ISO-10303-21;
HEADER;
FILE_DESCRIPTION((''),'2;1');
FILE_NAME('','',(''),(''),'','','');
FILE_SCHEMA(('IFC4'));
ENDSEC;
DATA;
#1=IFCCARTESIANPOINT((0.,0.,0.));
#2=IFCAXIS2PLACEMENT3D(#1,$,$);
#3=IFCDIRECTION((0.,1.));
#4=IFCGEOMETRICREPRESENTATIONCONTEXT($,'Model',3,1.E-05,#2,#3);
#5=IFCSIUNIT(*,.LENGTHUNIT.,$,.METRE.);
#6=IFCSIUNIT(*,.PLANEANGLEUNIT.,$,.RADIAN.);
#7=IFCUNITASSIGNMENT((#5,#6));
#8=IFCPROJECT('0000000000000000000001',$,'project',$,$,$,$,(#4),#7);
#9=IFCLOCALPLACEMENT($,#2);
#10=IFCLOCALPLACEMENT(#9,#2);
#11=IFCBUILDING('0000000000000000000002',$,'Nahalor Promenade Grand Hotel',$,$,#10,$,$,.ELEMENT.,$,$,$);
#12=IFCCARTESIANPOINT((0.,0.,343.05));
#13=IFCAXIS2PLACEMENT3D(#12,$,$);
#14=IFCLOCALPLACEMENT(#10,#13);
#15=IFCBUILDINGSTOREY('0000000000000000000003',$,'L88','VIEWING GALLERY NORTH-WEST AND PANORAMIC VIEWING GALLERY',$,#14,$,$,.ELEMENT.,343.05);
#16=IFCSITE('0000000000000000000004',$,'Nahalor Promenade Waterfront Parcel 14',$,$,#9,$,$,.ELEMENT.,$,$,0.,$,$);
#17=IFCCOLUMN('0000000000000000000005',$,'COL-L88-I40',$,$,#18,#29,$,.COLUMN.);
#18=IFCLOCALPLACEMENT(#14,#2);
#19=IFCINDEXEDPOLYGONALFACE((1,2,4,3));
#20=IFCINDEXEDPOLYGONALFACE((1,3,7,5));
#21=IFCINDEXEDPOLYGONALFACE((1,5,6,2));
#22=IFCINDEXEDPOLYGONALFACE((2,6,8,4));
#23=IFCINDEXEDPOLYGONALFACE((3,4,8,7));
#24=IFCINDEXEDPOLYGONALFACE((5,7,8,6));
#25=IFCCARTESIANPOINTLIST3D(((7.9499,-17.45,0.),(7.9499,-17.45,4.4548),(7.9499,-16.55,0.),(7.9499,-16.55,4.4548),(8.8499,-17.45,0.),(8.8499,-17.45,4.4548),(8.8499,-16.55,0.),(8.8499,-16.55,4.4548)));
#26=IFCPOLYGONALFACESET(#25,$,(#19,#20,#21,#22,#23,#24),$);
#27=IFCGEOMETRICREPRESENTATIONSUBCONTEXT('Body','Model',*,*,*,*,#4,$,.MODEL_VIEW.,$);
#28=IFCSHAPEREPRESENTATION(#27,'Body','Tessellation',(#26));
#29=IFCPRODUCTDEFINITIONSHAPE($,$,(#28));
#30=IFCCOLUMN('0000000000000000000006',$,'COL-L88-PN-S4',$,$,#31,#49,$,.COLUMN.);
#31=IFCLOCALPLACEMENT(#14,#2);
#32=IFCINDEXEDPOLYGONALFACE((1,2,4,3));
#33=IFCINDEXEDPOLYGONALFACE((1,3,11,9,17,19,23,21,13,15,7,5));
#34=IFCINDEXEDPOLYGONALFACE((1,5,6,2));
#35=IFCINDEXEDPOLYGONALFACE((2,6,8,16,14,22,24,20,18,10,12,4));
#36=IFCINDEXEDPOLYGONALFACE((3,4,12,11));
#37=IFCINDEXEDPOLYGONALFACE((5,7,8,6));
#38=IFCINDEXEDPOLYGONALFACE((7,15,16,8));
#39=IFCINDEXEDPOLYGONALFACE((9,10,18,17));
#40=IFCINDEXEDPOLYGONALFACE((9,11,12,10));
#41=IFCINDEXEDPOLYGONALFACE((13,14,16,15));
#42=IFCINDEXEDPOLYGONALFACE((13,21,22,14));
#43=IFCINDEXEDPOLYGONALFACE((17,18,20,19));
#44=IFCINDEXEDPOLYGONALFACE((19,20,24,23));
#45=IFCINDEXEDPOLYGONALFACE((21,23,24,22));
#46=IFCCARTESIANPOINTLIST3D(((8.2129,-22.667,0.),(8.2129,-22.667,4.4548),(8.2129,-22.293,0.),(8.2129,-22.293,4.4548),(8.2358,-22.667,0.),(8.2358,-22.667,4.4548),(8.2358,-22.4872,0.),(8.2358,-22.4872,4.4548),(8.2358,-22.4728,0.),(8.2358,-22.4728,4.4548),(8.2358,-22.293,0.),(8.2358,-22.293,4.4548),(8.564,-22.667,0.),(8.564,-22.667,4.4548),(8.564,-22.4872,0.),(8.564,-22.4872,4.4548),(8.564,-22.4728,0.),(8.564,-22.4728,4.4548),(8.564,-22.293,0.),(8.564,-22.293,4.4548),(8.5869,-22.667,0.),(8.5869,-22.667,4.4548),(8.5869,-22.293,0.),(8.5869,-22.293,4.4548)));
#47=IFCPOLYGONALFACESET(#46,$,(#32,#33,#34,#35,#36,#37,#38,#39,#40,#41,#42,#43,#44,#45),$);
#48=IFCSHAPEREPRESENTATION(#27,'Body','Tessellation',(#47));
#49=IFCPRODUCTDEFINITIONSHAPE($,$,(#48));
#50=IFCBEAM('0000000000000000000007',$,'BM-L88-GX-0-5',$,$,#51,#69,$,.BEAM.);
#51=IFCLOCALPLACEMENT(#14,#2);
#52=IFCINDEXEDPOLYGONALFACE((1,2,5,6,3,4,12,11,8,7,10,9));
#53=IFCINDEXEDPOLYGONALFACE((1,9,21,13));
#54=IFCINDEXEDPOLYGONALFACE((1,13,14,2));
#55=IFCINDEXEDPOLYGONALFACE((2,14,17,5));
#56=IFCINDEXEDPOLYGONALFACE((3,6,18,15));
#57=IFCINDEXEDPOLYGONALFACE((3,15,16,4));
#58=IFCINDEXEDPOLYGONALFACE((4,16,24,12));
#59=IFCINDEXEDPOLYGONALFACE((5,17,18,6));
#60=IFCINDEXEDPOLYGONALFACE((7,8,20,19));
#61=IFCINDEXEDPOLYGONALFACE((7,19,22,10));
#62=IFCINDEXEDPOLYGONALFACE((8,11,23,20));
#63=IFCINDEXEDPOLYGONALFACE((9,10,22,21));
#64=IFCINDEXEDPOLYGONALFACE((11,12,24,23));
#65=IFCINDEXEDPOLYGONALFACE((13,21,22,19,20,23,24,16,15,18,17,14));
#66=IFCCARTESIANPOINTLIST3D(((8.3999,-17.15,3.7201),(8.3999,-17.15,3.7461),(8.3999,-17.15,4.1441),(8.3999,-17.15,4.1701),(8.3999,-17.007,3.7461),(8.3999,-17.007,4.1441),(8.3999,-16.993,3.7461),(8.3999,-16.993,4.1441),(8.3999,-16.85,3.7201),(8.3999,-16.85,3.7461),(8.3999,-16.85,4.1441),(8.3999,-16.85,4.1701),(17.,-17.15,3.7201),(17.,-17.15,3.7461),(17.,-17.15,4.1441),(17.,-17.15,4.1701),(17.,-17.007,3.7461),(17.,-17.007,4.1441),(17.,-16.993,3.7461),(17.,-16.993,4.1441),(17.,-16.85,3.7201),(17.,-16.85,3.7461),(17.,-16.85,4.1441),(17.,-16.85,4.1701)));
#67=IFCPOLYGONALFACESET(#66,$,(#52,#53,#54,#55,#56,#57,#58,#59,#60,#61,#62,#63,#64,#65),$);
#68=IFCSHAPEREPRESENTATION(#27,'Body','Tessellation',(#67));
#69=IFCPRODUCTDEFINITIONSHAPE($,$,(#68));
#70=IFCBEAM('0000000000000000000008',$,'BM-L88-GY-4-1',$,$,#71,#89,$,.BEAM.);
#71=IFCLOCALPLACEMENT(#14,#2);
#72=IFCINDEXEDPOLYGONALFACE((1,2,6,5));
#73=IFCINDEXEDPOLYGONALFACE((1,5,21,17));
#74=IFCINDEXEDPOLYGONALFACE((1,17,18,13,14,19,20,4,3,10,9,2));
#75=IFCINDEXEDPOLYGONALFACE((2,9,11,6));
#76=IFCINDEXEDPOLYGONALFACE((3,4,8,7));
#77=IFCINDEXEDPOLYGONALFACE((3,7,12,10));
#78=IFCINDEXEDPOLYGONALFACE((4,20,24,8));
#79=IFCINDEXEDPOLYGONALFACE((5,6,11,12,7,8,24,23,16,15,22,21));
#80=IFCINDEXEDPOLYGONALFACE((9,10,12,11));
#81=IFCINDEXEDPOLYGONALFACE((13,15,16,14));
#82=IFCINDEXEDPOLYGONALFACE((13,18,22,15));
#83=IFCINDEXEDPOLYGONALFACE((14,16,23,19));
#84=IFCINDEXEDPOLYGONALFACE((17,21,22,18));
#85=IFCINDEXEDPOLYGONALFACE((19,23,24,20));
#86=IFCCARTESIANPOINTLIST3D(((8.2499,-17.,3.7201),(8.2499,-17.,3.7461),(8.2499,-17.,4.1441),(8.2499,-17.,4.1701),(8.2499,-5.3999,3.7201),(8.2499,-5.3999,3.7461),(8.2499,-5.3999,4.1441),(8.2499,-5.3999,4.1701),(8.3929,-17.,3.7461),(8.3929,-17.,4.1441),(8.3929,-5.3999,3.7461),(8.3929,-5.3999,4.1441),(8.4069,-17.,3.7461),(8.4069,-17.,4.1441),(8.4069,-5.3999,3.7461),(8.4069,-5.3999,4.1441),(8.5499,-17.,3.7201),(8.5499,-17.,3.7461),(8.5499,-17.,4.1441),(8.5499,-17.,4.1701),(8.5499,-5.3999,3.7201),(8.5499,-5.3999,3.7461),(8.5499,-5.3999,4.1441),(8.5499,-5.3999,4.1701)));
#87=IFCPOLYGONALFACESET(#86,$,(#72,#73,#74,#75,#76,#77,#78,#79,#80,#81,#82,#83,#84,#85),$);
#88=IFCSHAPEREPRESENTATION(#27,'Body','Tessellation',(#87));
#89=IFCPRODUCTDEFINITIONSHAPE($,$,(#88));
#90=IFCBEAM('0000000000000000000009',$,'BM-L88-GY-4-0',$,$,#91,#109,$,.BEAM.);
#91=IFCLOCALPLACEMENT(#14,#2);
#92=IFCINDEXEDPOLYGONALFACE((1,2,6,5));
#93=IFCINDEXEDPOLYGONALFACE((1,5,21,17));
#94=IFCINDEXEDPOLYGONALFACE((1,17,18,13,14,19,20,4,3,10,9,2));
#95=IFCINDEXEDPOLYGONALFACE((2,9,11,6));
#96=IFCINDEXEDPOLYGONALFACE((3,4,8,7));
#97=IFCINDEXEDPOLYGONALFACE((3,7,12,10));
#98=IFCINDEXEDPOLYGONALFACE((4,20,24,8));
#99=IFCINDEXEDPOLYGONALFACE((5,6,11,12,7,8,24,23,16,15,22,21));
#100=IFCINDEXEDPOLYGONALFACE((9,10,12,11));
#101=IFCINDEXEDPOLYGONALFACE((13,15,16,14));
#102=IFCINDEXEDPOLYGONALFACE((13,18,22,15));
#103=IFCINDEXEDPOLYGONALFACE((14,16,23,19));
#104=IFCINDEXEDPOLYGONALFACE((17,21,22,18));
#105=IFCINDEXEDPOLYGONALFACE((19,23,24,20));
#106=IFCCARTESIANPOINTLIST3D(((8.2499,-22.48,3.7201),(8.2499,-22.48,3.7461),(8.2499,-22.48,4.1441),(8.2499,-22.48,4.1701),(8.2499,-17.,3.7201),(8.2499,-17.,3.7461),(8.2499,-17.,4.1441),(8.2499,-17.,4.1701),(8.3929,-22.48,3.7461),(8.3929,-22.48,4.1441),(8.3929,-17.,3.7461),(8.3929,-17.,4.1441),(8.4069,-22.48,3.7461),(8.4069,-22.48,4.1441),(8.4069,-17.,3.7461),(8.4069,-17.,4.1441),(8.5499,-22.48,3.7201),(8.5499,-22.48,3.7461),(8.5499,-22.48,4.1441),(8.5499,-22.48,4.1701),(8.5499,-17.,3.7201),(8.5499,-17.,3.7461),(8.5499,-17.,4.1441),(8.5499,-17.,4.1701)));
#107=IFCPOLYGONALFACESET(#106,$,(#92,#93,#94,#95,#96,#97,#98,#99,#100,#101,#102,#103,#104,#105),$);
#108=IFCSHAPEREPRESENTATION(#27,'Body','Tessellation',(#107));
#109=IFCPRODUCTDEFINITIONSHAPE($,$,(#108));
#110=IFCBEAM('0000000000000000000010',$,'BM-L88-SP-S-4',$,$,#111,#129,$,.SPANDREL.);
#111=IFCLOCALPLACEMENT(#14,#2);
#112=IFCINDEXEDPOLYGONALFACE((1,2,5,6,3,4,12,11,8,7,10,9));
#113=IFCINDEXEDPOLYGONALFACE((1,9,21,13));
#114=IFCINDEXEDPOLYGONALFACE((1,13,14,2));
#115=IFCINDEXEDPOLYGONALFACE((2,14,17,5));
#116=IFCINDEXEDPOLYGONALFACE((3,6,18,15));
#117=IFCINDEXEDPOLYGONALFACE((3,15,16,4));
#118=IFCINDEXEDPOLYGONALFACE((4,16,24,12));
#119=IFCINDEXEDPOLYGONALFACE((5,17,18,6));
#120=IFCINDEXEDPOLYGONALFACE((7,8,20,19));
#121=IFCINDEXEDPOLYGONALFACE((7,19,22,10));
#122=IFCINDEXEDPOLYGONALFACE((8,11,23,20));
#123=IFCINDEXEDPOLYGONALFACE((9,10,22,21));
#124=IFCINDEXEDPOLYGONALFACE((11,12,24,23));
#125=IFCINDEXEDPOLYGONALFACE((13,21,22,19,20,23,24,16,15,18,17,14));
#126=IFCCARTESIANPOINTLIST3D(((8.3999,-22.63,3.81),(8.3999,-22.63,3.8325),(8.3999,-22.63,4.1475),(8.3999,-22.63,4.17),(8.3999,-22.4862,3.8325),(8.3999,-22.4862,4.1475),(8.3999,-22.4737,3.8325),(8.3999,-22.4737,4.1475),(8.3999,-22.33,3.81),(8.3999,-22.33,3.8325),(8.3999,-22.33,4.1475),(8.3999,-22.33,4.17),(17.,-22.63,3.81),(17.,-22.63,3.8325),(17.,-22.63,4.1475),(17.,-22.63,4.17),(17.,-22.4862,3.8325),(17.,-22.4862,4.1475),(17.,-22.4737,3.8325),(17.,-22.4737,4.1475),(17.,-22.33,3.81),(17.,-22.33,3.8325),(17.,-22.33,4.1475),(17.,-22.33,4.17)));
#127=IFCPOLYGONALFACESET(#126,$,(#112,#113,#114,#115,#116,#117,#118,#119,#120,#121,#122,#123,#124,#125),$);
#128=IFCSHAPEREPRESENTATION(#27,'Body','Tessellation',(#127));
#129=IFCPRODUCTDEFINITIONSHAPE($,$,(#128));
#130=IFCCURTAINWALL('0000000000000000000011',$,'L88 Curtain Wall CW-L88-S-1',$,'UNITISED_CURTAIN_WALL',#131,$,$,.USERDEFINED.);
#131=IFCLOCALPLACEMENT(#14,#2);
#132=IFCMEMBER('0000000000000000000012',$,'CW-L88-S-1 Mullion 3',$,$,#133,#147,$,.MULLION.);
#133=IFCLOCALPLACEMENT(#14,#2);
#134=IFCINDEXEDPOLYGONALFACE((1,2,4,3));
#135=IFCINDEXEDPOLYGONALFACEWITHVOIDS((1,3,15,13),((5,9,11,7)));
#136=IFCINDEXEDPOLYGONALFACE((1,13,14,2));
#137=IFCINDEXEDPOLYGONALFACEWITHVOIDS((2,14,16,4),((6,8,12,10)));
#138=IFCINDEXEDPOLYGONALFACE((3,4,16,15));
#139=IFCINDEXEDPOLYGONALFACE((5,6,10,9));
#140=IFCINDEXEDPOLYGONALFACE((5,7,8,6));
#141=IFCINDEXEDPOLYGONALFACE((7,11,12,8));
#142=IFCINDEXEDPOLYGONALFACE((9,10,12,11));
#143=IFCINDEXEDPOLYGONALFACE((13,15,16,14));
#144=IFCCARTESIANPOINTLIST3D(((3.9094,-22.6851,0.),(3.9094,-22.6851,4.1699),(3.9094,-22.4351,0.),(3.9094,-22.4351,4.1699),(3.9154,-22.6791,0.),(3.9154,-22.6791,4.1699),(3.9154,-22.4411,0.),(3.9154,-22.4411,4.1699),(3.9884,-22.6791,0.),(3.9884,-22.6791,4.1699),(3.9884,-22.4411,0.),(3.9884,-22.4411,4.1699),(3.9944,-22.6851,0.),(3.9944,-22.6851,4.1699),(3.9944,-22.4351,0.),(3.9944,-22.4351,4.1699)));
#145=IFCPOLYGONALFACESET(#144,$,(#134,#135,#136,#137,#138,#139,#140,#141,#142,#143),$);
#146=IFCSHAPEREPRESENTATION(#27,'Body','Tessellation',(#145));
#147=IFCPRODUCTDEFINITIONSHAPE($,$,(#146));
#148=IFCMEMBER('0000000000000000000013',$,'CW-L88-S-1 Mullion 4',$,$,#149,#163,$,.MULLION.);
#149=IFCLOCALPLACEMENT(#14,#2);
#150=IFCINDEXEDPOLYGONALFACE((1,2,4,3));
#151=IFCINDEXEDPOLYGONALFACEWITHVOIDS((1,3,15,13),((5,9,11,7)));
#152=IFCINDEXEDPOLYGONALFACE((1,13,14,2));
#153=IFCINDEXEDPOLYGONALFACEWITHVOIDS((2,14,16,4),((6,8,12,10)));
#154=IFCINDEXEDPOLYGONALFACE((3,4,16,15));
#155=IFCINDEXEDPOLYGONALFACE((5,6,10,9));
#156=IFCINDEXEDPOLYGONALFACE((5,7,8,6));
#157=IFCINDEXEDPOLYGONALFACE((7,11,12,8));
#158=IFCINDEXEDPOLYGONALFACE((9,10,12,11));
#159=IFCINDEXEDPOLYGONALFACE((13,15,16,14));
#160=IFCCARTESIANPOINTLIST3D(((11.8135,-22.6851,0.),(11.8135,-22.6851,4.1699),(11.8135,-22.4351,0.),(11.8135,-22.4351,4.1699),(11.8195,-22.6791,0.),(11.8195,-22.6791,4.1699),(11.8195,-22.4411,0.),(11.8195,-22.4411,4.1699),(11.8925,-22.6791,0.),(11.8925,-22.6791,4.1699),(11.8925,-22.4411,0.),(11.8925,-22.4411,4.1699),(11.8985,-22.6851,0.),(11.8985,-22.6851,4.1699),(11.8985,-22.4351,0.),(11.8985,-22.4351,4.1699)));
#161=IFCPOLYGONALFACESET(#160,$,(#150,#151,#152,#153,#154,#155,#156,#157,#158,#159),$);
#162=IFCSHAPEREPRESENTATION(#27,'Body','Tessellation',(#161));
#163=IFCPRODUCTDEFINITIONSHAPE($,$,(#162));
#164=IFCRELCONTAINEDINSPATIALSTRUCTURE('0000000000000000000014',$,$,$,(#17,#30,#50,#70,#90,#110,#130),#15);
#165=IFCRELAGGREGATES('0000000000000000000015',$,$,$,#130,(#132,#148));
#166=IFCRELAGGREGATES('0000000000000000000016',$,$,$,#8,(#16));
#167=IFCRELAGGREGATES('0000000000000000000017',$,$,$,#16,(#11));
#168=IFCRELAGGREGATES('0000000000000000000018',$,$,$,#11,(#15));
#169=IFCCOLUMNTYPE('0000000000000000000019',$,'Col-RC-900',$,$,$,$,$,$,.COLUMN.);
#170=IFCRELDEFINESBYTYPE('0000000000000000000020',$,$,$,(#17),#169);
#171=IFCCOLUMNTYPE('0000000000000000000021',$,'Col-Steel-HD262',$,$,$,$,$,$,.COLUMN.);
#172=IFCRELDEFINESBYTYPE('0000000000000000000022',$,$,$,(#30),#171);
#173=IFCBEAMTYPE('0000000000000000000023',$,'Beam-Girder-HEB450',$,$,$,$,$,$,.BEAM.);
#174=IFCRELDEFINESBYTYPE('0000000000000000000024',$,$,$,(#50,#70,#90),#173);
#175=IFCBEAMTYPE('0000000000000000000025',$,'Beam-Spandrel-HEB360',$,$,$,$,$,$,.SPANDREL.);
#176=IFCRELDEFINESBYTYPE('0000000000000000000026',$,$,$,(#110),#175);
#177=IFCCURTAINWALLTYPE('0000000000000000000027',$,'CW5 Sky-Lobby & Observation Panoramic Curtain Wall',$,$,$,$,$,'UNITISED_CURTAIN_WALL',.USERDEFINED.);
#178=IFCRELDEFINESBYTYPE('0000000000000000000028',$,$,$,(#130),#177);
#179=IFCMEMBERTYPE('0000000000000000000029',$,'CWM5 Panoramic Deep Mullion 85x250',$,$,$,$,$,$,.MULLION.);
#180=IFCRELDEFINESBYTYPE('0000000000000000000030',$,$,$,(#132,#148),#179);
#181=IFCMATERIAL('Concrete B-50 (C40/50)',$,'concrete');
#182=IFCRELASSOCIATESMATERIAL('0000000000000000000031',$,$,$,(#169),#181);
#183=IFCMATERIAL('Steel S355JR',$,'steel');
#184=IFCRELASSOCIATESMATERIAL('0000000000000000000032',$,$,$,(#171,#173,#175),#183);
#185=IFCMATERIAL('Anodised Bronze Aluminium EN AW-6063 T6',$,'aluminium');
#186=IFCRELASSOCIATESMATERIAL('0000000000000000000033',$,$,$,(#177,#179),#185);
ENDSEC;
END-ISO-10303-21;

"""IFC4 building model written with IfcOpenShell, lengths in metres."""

from ifc_helpers import new_model, si_unit, direction, frame, origin, origin_2d, place, context, subcontext, project, spatial, rectangle, hollow_rectangle, i_section, extrude, source, transform, mapped, material, material_profile, profile_set, type_object, element, aggregate, save


model = new_model("IFC4")

# Units and contexts
model_context = context("Model", 3, precision=1e-05, world=origin(), true_north=direction((0.0, 1.0)))
body_context = subcontext(model_context, "Body", "Model", "MODEL_VIEW")
ifc_project = project(units=[si_unit("LENGTHUNIT", "METRE"), si_unit("PLANEANGLEUNIT", "RADIAN")], contexts=[model_context])

# Site, building, storey
site_placement = place(None, origin())
site = spatial("IfcSite", under=ifc_project, at=site_placement, Name="Nahalor Promenade Waterfront Parcel 14", CompositionType="ELEMENT", RefElevation=0.0)
building_placement = place(site_placement, origin())
building = spatial("IfcBuilding", under=site, at=building_placement, Name="Nahalor Promenade Grand Hotel", CompositionType="ELEMENT")
storey_placement = place(building_placement, frame((0.0, 0.0, 343.05)))
storey = spatial("IfcBuildingStorey", under=building, at=storey_placement, Name="L88", Description="VIEWING GALLERY NORTH-WEST AND PANORAMIC VIEWING GALLERY", CompositionType="ELEMENT", Elevation=343.05)

# Columns
ifc_material_1 = material(Name="Concrete B-50 (C40/50)", Category="concrete")
ifc_material_profile_1 = material_profile(ifc_material_1, rectangle(XDim=0.9, YDim=0.9, at=origin_2d()), Name="RC 900x900")
ifc_profile_set_1 = profile_set([ifc_material_profile_1], Name="Concrete B-50 (C40/50)")
column_type_1 = type_object("IfcColumnType", Name="Col-RC-900", PredefinedType="COLUMN", material=ifc_profile_set_1)
shared_shape_1 = source(origin(), body_context, "Body", "SweptSolid", [
    extrude(rectangle(XDim=0.9, YDim=0.9, at=origin_2d()), origin(), (0.0, 0.0, 1.0), 4.4548),
])
column_1_placement = place(storey_placement, frame((8.3999, -17.0, 0.0), z_axis=(0.0, 0.0, 1.0), x_axis=(1.0, 0.0, 0.0)))
element("IfcColumn", 1, at=column_1_placement, inside=storey, type_object=column_type_1, Name="COL-L88-I40", PredefinedType="COLUMN", context=body_context, shape_type="MappedRepresentation", body=[
    mapped(shared_shape_1, transform((0.0, 0.0, 0.0), scale=1.0)),
])
ifc_material_2 = material(Name="Steel S355JR", Category="steel")
ifc_material_profile_2 = material_profile(ifc_material_2, i_section(OverallWidth=0.374, OverallDepth=0.374, WebThickness=0.0144, FlangeThickness=0.0229, at=origin_2d()), Name="HD 360x262")
ifc_profile_set_2 = profile_set([ifc_material_profile_2], Name="Steel S355JR")
column_type_2 = type_object("IfcColumnType", Name="Col-Steel-HD262", PredefinedType="COLUMN", material=ifc_profile_set_2)
shared_shape_2 = source(origin(), body_context, "Body", "SweptSolid", [
    extrude(i_section(OverallWidth=0.374, OverallDepth=0.374, WebThickness=0.0144, FlangeThickness=0.0229, at=origin_2d()), origin(), (0.0, 0.0, 1.0), 4.4548),
])
column_2_placement = place(storey_placement, frame((8.3999, -22.48, 0.0), z_axis=(0.0, 0.0, 1.0), x_axis=(0.0, 1.0, 0.0)))
element("IfcColumn", 2, at=column_2_placement, inside=storey, type_object=column_type_2, Name="COL-L88-PN-S4", PredefinedType="COLUMN", context=body_context, shape_type="MappedRepresentation", body=[
    mapped(shared_shape_2, transform((0.0, 0.0, 0.0), scale=1.0)),
])

# Beams
ifc_material_profile_3 = material_profile(ifc_material_2, i_section(OverallWidth=0.3, OverallDepth=0.45, WebThickness=0.014, FlangeThickness=0.026, at=origin_2d()), Name="HEB 450")
ifc_profile_set_3 = profile_set([ifc_material_profile_3], Name="Steel S355JR")
beam_type_1 = type_object("IfcBeamType", Name="Beam-Girder-HEB450", PredefinedType="BEAM", material=ifc_profile_set_3)
shared_shape_3 = source(origin(), body_context, "Body", "SweptSolid", [
    extrude(i_section(OverallWidth=0.3, OverallDepth=0.45, WebThickness=0.014, FlangeThickness=0.026, at=origin_2d()), origin(), (0.0, 0.0, 1.0), 8.6001),
])
beam_1_placement = place(storey_placement, frame((8.3999, -17.0, 3.9451), z_axis=(1.0, 0.0, 0.0), x_axis=(0.0, 1.0, 0.0)))
element("IfcBeam", 3, at=beam_1_placement, inside=storey, type_object=beam_type_1, Name="BM-L88-GX-0-5", PredefinedType="BEAM", context=body_context, shape_type="MappedRepresentation", body=[
    mapped(shared_shape_3, transform((0.0, 0.0, 0.0), scale=1.0)),
])
shared_shape_4 = source(origin(), body_context, "Body", "SweptSolid", [
    extrude(i_section(OverallWidth=0.3, OverallDepth=0.45, WebThickness=0.014, FlangeThickness=0.026, at=origin_2d()), origin(), (0.0, 0.0, 1.0), 11.6001),
])
beam_2_placement = place(storey_placement, frame((8.3999, -17.0, 3.9451), z_axis=(0.0, 1.0, 0.0), x_axis=(-1.0, 0.0, 0.0)))
element("IfcBeam", 4, at=beam_2_placement, inside=storey, type_object=beam_type_1, Name="BM-L88-GY-4-1", PredefinedType="BEAM", context=body_context, shape_type="MappedRepresentation", body=[
    mapped(shared_shape_4, transform((0.0, 0.0, 0.0), scale=1.0)),
])
shared_shape_5 = source(origin(), body_context, "Body", "SweptSolid", [
    extrude(i_section(OverallWidth=0.3, OverallDepth=0.45, WebThickness=0.014, FlangeThickness=0.026, at=origin_2d()), origin(), (0.0, 0.0, 1.0), 5.48),
])
beam_3_placement = place(storey_placement, frame((8.3999, -22.48, 3.9451), z_axis=(0.0, 1.0, 0.0), x_axis=(-1.0, 0.0, 0.0)))
element("IfcBeam", 5, at=beam_3_placement, inside=storey, type_object=beam_type_1, Name="BM-L88-GY-4-0", PredefinedType="BEAM", context=body_context, shape_type="MappedRepresentation", body=[
    mapped(shared_shape_5, transform((0.0, 0.0, 0.0), scale=1.0)),
])
ifc_material_profile_4 = material_profile(ifc_material_2, i_section(OverallWidth=0.3, OverallDepth=0.36, WebThickness=0.0125, FlangeThickness=0.0225, at=origin_2d()), Name="HEB 360")
ifc_profile_set_4 = profile_set([ifc_material_profile_4], Name="Steel S355JR")
beam_type_2 = type_object("IfcBeamType", Name="Beam-Spandrel-HEB360", PredefinedType="SPANDREL", material=ifc_profile_set_4)
shared_shape_6 = source(origin(), body_context, "Body", "SweptSolid", [
    extrude(i_section(OverallWidth=0.3, OverallDepth=0.36, WebThickness=0.0125, FlangeThickness=0.0225, at=origin_2d()), origin(), (0.0, 0.0, 1.0), 8.6001),
])
beam_4_placement = place(storey_placement, frame((8.3999, -22.48, 3.99), z_axis=(1.0, 0.0, 0.0), x_axis=(0.0, 1.0, 0.0)))
element("IfcBeam", 6, at=beam_4_placement, inside=storey, type_object=beam_type_2, Name="BM-L88-SP-S-4", PredefinedType="SPANDREL", context=body_context, shape_type="MappedRepresentation", body=[
    mapped(shared_shape_6, transform((0.0, 0.0, 0.0), scale=1.0)),
])

# Curtain wall, members
ifc_material_3 = material(Name="Anodised Bronze Aluminium EN AW-6063 T6", Category="aluminium")
curtain_wall_type = type_object("IfcCurtainWallType", Name="CW5 Sky-Lobby & Observation Panoramic Curtain Wall", ElementType="UNITISED_CURTAIN_WALL", PredefinedType="USERDEFINED", material=ifc_material_3)
curtain_wall_placement = place(storey_placement, origin())
curtain_wall = element("IfcCurtainWall", 7, at=curtain_wall_placement, inside=storey, type_object=curtain_wall_type, Name="L88 Curtain Wall CW-L88-S-1", ObjectType="UNITISED_CURTAIN_WALL", PredefinedType="USERDEFINED")
ifc_material_profile_5 = material_profile(ifc_material_3, hollow_rectangle(XDim=0.085, YDim=0.25, WallThickness=0.006, at=origin_2d()), Name="CWM 85x250x6")
ifc_profile_set_5 = profile_set([ifc_material_profile_5], Name="Anodised Bronze Aluminium EN AW-6063 T6")
member_type_1 = type_object("IfcMemberType", Name="CWM5 Panoramic Deep Mullion 85x250", PredefinedType="MULLION", material=ifc_profile_set_5)
shared_shape_7 = source(origin(), body_context, "Body", "SweptSolid", [
    extrude(hollow_rectangle(XDim=0.085, YDim=0.25, WallThickness=0.006, at=origin_2d()), origin(), (0.0, 0.0, 1.0), 4.1699),
])
member_1_placement = place(storey_placement, frame((3.9519, -22.5601, 0.0), z_axis=(0.0, 0.0, 1.0), x_axis=(1.0, 0.0, 0.0)))
member_1 = element("IfcMember", 8, at=member_1_placement, type_object=member_type_1, Name="CW-L88-S-1 Mullion 3", PredefinedType="MULLION", context=body_context, shape_type="MappedRepresentation", body=[
    mapped(shared_shape_7, transform((0.0, 0.0, 0.0), scale=1.0)),
])
member_2_placement = place(storey_placement, frame((11.856, -22.5601, 0.0), z_axis=(0.0, 0.0, 1.0), x_axis=(1.0, 0.0, 0.0)))
member_2 = element("IfcMember", 9, at=member_2_placement, type_object=member_type_1, Name="CW-L88-S-1 Mullion 4", PredefinedType="MULLION", context=body_context, shape_type="MappedRepresentation", body=[
    mapped(shared_shape_7, transform((0.0, 0.0, 0.0), scale=1.0)),
])
aggregate(curtain_wall, [member_1, member_2])

save(model, "model.ifc")
